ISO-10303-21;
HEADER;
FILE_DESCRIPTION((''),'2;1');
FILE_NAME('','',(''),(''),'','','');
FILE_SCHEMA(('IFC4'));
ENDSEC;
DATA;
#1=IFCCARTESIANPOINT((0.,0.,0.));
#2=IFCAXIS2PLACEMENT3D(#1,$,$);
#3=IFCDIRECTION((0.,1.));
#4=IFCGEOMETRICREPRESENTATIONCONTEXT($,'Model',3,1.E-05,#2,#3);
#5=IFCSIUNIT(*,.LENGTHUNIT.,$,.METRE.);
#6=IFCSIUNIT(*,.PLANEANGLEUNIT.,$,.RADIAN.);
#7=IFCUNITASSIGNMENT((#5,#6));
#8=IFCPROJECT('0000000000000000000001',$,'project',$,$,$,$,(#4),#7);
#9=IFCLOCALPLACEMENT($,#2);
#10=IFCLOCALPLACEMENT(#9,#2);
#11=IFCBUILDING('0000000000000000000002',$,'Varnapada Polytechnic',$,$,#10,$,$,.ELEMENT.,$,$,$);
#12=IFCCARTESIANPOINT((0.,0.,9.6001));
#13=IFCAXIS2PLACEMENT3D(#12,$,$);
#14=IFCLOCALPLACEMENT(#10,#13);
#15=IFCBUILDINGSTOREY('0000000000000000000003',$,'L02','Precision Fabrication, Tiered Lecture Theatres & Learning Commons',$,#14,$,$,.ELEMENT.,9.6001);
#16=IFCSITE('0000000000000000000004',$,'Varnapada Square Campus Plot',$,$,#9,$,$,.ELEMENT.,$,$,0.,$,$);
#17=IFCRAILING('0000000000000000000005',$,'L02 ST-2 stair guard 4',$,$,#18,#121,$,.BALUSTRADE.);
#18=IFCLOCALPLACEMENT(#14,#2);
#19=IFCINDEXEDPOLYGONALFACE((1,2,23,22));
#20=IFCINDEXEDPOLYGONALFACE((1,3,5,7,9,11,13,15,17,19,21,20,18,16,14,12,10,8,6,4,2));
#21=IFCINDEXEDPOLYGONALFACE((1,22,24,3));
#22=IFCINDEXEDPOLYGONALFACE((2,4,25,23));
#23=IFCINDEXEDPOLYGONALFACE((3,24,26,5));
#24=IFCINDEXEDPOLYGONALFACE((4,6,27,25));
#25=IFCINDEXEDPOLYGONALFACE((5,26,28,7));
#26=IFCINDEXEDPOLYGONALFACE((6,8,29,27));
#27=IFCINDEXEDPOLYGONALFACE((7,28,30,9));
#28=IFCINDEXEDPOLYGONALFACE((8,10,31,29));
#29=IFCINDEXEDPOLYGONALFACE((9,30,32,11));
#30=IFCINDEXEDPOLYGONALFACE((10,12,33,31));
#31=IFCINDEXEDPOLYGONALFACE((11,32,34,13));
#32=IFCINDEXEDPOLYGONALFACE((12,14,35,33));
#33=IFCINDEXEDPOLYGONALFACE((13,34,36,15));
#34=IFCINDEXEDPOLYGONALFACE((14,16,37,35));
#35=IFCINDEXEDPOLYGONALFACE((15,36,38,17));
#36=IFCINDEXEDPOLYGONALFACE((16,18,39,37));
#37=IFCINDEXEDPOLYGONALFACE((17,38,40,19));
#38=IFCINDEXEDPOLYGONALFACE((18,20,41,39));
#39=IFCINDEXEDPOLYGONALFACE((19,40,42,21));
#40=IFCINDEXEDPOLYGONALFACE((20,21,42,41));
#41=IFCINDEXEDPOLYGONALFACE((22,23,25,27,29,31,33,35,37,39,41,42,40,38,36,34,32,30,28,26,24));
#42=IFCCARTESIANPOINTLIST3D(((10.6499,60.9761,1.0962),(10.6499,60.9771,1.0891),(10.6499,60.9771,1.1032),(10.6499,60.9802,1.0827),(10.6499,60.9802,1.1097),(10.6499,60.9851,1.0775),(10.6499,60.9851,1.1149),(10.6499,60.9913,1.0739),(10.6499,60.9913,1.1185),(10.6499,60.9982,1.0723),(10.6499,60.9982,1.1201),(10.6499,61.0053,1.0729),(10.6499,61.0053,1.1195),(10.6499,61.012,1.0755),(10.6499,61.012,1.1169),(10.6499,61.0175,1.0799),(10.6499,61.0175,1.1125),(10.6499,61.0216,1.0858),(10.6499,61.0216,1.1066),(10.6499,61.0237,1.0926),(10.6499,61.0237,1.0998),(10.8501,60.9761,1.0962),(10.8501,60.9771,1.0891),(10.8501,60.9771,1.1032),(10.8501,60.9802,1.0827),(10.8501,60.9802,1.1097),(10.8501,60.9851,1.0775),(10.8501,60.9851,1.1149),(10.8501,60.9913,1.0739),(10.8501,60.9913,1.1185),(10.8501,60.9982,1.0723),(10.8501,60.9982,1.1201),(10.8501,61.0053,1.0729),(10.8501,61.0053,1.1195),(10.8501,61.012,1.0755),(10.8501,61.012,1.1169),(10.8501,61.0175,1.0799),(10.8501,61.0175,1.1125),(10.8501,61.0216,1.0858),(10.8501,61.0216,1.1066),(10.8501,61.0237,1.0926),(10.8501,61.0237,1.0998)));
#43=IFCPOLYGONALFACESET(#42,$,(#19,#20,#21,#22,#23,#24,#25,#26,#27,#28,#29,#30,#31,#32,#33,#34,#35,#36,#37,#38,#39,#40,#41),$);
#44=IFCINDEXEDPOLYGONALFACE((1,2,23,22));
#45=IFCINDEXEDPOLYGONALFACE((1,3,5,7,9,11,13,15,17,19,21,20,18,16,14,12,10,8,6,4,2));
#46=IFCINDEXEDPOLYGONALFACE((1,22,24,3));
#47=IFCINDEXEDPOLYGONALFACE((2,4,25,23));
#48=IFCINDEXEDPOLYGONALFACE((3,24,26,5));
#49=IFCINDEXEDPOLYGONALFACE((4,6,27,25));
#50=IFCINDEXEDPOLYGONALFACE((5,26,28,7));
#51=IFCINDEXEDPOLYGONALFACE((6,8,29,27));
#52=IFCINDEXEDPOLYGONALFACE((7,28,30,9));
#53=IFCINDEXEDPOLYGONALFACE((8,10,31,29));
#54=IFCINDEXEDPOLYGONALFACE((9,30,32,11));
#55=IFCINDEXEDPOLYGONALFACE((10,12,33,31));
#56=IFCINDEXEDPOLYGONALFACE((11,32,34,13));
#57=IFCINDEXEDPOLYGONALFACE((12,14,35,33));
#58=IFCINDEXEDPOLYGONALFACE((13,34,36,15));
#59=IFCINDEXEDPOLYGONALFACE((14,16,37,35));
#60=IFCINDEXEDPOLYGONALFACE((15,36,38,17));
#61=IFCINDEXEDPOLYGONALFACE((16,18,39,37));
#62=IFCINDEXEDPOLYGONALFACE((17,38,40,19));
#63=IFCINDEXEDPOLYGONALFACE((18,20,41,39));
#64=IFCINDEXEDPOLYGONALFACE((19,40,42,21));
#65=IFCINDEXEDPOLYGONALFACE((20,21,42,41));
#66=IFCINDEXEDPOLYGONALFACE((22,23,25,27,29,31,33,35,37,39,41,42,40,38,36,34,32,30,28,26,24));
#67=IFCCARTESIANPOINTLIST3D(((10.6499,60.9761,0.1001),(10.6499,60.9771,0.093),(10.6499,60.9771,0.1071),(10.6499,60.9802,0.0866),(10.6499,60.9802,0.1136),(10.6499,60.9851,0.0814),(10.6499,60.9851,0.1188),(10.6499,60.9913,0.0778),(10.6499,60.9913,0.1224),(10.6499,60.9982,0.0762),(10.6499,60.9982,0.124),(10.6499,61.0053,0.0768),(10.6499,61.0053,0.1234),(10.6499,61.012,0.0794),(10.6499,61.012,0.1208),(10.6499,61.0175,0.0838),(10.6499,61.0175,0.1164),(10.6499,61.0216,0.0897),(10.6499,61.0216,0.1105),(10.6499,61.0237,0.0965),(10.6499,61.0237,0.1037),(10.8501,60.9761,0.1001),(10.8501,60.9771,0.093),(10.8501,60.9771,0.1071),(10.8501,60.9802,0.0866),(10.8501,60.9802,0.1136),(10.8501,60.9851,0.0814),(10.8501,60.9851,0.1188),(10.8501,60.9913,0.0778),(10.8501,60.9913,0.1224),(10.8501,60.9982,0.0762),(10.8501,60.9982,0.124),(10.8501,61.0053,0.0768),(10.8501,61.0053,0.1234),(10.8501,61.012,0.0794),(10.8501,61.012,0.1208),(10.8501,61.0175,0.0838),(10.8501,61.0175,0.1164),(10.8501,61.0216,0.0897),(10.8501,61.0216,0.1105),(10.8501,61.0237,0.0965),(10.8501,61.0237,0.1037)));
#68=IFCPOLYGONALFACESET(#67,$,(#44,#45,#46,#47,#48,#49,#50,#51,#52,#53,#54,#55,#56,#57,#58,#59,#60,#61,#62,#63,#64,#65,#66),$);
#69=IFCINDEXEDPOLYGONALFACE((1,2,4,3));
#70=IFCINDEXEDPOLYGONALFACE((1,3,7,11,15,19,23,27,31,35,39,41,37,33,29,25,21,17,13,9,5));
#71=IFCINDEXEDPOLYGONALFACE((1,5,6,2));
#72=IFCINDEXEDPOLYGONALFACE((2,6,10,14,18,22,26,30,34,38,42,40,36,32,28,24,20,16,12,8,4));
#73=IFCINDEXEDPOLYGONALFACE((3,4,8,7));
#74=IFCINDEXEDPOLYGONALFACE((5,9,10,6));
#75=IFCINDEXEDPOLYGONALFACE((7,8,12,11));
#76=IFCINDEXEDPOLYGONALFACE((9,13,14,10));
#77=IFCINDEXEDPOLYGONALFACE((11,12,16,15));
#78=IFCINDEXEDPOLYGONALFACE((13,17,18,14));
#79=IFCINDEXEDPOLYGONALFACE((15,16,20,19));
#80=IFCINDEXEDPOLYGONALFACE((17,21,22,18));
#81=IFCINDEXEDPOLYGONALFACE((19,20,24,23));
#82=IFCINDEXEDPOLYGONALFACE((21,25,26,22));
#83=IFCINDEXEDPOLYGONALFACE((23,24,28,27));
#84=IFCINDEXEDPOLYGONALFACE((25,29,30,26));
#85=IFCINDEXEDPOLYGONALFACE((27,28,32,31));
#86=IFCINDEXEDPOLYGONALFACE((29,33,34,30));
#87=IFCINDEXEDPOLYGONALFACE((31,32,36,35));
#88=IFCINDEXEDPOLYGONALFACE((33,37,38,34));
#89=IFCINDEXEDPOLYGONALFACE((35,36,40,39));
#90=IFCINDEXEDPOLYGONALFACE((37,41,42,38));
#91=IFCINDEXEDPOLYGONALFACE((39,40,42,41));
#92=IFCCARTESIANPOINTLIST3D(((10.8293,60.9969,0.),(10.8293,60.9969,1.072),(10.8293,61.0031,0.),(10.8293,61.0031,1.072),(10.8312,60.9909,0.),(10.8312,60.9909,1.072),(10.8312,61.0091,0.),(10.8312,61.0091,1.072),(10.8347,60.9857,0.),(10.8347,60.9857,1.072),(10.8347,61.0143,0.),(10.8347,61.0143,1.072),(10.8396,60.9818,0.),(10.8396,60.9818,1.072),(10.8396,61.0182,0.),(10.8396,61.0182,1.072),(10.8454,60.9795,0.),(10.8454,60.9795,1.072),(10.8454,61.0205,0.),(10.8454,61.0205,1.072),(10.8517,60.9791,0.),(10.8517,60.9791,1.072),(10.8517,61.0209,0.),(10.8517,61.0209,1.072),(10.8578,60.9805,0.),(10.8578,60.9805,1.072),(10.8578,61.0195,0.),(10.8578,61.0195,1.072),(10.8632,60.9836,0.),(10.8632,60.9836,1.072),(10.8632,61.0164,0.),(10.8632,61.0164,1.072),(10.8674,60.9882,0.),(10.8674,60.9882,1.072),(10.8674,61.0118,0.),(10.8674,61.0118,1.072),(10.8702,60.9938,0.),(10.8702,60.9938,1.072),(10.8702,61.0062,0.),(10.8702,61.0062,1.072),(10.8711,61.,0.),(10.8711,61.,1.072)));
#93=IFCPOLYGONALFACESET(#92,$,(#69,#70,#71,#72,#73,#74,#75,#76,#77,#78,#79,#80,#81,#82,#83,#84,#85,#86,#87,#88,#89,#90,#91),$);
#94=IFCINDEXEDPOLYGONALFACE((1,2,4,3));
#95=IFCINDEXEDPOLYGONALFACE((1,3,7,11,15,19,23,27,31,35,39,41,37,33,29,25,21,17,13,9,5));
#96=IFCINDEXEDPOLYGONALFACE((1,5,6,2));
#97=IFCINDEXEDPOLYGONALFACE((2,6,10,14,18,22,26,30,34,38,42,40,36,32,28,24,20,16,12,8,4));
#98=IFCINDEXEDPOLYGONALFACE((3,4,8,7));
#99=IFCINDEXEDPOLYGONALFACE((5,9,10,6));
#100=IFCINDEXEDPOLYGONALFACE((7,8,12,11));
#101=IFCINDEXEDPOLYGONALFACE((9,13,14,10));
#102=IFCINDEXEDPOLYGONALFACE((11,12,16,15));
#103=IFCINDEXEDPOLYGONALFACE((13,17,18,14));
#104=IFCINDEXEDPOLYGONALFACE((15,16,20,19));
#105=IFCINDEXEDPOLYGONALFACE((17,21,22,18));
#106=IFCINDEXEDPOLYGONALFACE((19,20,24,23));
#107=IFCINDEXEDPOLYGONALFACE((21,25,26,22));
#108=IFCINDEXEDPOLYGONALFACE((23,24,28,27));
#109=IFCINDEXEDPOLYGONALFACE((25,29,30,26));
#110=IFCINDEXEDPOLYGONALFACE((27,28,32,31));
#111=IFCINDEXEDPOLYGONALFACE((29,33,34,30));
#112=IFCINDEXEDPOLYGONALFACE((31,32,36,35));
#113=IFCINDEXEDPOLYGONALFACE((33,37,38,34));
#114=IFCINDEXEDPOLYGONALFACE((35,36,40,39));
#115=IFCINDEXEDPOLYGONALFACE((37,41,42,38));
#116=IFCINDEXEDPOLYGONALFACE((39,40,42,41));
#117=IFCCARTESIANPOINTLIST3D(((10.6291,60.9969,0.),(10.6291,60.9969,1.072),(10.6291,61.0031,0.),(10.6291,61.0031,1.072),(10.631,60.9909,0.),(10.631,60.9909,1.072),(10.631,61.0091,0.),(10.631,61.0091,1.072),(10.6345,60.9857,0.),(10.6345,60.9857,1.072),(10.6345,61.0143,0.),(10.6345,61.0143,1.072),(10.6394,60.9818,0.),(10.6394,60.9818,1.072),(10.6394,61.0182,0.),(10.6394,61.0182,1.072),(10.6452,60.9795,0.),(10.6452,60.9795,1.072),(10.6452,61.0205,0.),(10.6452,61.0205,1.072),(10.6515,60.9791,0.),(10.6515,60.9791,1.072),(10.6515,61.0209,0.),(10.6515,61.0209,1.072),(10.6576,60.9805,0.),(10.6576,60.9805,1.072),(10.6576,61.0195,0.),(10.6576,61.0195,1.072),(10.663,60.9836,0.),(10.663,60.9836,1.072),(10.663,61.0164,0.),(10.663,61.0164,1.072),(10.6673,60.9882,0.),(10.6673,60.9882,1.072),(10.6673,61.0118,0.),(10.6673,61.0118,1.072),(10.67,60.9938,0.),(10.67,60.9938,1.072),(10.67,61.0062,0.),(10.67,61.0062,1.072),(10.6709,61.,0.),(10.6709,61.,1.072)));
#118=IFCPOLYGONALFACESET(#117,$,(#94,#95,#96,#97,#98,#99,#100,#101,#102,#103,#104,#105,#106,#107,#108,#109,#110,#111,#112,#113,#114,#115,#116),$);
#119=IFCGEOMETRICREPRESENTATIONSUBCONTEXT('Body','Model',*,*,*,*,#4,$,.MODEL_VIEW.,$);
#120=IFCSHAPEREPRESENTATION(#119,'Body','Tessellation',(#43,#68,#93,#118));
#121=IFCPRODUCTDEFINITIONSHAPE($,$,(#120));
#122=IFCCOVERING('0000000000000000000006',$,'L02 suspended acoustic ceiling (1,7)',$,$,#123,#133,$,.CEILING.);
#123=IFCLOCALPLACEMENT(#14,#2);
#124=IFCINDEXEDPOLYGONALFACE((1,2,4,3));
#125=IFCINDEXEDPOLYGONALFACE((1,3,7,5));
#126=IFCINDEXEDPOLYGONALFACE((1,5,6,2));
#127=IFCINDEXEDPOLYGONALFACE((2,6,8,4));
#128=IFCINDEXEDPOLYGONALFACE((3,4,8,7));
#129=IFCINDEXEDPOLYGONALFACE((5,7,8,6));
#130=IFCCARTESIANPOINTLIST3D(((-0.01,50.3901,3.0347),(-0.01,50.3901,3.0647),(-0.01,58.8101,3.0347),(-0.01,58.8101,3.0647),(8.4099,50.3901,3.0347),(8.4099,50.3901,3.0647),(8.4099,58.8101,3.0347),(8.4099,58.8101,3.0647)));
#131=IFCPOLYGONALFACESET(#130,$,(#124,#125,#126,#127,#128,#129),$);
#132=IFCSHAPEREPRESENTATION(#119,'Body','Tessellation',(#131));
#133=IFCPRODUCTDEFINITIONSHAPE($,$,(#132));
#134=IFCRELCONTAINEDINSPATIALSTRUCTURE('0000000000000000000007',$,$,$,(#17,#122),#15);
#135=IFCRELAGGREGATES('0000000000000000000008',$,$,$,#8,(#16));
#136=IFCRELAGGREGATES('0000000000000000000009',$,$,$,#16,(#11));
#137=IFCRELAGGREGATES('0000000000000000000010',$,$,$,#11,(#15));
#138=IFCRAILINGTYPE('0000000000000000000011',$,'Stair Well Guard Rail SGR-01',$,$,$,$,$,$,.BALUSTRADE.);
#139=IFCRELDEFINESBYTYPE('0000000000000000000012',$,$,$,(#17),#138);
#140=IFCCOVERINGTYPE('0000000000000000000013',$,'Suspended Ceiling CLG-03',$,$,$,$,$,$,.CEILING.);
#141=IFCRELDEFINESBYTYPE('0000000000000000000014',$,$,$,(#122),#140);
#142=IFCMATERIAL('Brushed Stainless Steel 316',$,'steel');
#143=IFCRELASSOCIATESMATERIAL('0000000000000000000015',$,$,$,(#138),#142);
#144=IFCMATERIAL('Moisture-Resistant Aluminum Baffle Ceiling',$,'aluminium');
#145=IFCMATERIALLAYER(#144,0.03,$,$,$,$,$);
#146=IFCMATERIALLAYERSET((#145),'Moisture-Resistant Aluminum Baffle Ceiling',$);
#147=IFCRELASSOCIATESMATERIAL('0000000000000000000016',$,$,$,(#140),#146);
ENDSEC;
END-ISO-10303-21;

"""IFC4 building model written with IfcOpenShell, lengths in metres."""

from ifc_helpers import new_model, si_unit, direction, frame, origin, origin_2d, place, context, subcontext, project, spatial, rectangle, circle, extrude, material, layer, layer_set, type_object, element, save


model = new_model("IFC4")

# Units and contexts
model_context = context("Model", 3, precision=1e-05, world=origin(), true_north=direction((0.0, 1.0)))
body_context = subcontext(model_context, "Body", "Model", "MODEL_VIEW")
ifc_project = project(units=[si_unit("LENGTHUNIT", "METRE"), si_unit("PLANEANGLEUNIT", "RADIAN")], contexts=[model_context])

# Site, building, storey
site_placement = place(None, origin())
site = spatial("IfcSite", under=ifc_project, at=site_placement, Name="Varnapada Square Campus Plot", CompositionType="ELEMENT", RefElevation=0.0)
building_placement = place(site_placement, origin())
building = spatial("IfcBuilding", under=site, at=building_placement, Name="Varnapada Polytechnic", CompositionType="ELEMENT")
storey_placement = place(building_placement, frame((0.0, 0.0, 9.6001)))
storey = spatial("IfcBuildingStorey", under=building, at=storey_placement, Name="L02", Description="Precision Fabrication, Tiered Lecture Theatres & Learning Commons", CompositionType="ELEMENT", Elevation=9.6001)

# Railing
ifc_material_1 = material(Name="Brushed Stainless Steel 316", Category="steel")
railing_type_1 = type_object("IfcRailingType", Name="Stair Well Guard Rail SGR-01", PredefinedType="BALUSTRADE", material=ifc_material_1)
railing_1_placement = place(storey_placement, frame((10.8501, 61.0, 0.0)))
element("IfcRailing", 1, at=railing_1_placement, inside=storey, type_object=railing_type_1, Name="L02 ST-2 stair guard 4", PredefinedType="BALUSTRADE", context=body_context, shape_type="SweptSolid", body=[
    extrude(circle(Radius=0.0239, at=origin_2d()), frame((0.0, 0.0, 1.0962), z_axis=(-1.0, 0.0, 0.0), x_axis=(0.0, -1.0, 0.0)), (0.0, 0.0, 1.0), 0.2002),
    extrude(circle(Radius=0.0239, at=origin_2d()), frame((0.0, 0.0, 0.1001), z_axis=(-1.0, 0.0, 0.0), x_axis=(0.0, -1.0, 0.0)), (0.0, 0.0, 1.0), 0.2002),
    extrude(circle(Radius=0.021, at=origin_2d()), origin(), (0.0, 0.0, 1.0), 1.072),
    extrude(circle(Radius=0.021, at=origin_2d()), frame((-0.2002, 0.0, 0.0)), (0.0, 0.0, 1.0), 1.072),
])

# Covering
ifc_material_2 = material(Name="Moisture-Resistant Aluminum Baffle Ceiling", Category="aluminium")
ifc_layer_1 = layer(ifc_material_2, 0.03)
ifc_layer_set_1 = layer_set([ifc_layer_1], Name="Moisture-Resistant Aluminum Baffle Ceiling")
covering_type_1 = type_object("IfcCoveringType", Name="Suspended Ceiling CLG-03", PredefinedType="CEILING", material=ifc_layer_set_1)
covering_1_placement = place(storey_placement, frame((4.2, 54.6001, 3.0347), z_axis=(0.0, 0.0, 1.0), x_axis=(1.0, 0.0, 0.0)))
element("IfcCovering", 2, at=covering_1_placement, inside=storey, type_object=covering_type_1, Name="L02 suspended acoustic ceiling (1,7)", PredefinedType="CEILING", context=body_context, shape_type="SweptSolid", body=[
    extrude(rectangle(XDim=8.4199, YDim=8.4199, at=origin_2d()), origin(), (0.0, 0.0, 1.0), 0.03),
])

save(model, "model.ifc")
